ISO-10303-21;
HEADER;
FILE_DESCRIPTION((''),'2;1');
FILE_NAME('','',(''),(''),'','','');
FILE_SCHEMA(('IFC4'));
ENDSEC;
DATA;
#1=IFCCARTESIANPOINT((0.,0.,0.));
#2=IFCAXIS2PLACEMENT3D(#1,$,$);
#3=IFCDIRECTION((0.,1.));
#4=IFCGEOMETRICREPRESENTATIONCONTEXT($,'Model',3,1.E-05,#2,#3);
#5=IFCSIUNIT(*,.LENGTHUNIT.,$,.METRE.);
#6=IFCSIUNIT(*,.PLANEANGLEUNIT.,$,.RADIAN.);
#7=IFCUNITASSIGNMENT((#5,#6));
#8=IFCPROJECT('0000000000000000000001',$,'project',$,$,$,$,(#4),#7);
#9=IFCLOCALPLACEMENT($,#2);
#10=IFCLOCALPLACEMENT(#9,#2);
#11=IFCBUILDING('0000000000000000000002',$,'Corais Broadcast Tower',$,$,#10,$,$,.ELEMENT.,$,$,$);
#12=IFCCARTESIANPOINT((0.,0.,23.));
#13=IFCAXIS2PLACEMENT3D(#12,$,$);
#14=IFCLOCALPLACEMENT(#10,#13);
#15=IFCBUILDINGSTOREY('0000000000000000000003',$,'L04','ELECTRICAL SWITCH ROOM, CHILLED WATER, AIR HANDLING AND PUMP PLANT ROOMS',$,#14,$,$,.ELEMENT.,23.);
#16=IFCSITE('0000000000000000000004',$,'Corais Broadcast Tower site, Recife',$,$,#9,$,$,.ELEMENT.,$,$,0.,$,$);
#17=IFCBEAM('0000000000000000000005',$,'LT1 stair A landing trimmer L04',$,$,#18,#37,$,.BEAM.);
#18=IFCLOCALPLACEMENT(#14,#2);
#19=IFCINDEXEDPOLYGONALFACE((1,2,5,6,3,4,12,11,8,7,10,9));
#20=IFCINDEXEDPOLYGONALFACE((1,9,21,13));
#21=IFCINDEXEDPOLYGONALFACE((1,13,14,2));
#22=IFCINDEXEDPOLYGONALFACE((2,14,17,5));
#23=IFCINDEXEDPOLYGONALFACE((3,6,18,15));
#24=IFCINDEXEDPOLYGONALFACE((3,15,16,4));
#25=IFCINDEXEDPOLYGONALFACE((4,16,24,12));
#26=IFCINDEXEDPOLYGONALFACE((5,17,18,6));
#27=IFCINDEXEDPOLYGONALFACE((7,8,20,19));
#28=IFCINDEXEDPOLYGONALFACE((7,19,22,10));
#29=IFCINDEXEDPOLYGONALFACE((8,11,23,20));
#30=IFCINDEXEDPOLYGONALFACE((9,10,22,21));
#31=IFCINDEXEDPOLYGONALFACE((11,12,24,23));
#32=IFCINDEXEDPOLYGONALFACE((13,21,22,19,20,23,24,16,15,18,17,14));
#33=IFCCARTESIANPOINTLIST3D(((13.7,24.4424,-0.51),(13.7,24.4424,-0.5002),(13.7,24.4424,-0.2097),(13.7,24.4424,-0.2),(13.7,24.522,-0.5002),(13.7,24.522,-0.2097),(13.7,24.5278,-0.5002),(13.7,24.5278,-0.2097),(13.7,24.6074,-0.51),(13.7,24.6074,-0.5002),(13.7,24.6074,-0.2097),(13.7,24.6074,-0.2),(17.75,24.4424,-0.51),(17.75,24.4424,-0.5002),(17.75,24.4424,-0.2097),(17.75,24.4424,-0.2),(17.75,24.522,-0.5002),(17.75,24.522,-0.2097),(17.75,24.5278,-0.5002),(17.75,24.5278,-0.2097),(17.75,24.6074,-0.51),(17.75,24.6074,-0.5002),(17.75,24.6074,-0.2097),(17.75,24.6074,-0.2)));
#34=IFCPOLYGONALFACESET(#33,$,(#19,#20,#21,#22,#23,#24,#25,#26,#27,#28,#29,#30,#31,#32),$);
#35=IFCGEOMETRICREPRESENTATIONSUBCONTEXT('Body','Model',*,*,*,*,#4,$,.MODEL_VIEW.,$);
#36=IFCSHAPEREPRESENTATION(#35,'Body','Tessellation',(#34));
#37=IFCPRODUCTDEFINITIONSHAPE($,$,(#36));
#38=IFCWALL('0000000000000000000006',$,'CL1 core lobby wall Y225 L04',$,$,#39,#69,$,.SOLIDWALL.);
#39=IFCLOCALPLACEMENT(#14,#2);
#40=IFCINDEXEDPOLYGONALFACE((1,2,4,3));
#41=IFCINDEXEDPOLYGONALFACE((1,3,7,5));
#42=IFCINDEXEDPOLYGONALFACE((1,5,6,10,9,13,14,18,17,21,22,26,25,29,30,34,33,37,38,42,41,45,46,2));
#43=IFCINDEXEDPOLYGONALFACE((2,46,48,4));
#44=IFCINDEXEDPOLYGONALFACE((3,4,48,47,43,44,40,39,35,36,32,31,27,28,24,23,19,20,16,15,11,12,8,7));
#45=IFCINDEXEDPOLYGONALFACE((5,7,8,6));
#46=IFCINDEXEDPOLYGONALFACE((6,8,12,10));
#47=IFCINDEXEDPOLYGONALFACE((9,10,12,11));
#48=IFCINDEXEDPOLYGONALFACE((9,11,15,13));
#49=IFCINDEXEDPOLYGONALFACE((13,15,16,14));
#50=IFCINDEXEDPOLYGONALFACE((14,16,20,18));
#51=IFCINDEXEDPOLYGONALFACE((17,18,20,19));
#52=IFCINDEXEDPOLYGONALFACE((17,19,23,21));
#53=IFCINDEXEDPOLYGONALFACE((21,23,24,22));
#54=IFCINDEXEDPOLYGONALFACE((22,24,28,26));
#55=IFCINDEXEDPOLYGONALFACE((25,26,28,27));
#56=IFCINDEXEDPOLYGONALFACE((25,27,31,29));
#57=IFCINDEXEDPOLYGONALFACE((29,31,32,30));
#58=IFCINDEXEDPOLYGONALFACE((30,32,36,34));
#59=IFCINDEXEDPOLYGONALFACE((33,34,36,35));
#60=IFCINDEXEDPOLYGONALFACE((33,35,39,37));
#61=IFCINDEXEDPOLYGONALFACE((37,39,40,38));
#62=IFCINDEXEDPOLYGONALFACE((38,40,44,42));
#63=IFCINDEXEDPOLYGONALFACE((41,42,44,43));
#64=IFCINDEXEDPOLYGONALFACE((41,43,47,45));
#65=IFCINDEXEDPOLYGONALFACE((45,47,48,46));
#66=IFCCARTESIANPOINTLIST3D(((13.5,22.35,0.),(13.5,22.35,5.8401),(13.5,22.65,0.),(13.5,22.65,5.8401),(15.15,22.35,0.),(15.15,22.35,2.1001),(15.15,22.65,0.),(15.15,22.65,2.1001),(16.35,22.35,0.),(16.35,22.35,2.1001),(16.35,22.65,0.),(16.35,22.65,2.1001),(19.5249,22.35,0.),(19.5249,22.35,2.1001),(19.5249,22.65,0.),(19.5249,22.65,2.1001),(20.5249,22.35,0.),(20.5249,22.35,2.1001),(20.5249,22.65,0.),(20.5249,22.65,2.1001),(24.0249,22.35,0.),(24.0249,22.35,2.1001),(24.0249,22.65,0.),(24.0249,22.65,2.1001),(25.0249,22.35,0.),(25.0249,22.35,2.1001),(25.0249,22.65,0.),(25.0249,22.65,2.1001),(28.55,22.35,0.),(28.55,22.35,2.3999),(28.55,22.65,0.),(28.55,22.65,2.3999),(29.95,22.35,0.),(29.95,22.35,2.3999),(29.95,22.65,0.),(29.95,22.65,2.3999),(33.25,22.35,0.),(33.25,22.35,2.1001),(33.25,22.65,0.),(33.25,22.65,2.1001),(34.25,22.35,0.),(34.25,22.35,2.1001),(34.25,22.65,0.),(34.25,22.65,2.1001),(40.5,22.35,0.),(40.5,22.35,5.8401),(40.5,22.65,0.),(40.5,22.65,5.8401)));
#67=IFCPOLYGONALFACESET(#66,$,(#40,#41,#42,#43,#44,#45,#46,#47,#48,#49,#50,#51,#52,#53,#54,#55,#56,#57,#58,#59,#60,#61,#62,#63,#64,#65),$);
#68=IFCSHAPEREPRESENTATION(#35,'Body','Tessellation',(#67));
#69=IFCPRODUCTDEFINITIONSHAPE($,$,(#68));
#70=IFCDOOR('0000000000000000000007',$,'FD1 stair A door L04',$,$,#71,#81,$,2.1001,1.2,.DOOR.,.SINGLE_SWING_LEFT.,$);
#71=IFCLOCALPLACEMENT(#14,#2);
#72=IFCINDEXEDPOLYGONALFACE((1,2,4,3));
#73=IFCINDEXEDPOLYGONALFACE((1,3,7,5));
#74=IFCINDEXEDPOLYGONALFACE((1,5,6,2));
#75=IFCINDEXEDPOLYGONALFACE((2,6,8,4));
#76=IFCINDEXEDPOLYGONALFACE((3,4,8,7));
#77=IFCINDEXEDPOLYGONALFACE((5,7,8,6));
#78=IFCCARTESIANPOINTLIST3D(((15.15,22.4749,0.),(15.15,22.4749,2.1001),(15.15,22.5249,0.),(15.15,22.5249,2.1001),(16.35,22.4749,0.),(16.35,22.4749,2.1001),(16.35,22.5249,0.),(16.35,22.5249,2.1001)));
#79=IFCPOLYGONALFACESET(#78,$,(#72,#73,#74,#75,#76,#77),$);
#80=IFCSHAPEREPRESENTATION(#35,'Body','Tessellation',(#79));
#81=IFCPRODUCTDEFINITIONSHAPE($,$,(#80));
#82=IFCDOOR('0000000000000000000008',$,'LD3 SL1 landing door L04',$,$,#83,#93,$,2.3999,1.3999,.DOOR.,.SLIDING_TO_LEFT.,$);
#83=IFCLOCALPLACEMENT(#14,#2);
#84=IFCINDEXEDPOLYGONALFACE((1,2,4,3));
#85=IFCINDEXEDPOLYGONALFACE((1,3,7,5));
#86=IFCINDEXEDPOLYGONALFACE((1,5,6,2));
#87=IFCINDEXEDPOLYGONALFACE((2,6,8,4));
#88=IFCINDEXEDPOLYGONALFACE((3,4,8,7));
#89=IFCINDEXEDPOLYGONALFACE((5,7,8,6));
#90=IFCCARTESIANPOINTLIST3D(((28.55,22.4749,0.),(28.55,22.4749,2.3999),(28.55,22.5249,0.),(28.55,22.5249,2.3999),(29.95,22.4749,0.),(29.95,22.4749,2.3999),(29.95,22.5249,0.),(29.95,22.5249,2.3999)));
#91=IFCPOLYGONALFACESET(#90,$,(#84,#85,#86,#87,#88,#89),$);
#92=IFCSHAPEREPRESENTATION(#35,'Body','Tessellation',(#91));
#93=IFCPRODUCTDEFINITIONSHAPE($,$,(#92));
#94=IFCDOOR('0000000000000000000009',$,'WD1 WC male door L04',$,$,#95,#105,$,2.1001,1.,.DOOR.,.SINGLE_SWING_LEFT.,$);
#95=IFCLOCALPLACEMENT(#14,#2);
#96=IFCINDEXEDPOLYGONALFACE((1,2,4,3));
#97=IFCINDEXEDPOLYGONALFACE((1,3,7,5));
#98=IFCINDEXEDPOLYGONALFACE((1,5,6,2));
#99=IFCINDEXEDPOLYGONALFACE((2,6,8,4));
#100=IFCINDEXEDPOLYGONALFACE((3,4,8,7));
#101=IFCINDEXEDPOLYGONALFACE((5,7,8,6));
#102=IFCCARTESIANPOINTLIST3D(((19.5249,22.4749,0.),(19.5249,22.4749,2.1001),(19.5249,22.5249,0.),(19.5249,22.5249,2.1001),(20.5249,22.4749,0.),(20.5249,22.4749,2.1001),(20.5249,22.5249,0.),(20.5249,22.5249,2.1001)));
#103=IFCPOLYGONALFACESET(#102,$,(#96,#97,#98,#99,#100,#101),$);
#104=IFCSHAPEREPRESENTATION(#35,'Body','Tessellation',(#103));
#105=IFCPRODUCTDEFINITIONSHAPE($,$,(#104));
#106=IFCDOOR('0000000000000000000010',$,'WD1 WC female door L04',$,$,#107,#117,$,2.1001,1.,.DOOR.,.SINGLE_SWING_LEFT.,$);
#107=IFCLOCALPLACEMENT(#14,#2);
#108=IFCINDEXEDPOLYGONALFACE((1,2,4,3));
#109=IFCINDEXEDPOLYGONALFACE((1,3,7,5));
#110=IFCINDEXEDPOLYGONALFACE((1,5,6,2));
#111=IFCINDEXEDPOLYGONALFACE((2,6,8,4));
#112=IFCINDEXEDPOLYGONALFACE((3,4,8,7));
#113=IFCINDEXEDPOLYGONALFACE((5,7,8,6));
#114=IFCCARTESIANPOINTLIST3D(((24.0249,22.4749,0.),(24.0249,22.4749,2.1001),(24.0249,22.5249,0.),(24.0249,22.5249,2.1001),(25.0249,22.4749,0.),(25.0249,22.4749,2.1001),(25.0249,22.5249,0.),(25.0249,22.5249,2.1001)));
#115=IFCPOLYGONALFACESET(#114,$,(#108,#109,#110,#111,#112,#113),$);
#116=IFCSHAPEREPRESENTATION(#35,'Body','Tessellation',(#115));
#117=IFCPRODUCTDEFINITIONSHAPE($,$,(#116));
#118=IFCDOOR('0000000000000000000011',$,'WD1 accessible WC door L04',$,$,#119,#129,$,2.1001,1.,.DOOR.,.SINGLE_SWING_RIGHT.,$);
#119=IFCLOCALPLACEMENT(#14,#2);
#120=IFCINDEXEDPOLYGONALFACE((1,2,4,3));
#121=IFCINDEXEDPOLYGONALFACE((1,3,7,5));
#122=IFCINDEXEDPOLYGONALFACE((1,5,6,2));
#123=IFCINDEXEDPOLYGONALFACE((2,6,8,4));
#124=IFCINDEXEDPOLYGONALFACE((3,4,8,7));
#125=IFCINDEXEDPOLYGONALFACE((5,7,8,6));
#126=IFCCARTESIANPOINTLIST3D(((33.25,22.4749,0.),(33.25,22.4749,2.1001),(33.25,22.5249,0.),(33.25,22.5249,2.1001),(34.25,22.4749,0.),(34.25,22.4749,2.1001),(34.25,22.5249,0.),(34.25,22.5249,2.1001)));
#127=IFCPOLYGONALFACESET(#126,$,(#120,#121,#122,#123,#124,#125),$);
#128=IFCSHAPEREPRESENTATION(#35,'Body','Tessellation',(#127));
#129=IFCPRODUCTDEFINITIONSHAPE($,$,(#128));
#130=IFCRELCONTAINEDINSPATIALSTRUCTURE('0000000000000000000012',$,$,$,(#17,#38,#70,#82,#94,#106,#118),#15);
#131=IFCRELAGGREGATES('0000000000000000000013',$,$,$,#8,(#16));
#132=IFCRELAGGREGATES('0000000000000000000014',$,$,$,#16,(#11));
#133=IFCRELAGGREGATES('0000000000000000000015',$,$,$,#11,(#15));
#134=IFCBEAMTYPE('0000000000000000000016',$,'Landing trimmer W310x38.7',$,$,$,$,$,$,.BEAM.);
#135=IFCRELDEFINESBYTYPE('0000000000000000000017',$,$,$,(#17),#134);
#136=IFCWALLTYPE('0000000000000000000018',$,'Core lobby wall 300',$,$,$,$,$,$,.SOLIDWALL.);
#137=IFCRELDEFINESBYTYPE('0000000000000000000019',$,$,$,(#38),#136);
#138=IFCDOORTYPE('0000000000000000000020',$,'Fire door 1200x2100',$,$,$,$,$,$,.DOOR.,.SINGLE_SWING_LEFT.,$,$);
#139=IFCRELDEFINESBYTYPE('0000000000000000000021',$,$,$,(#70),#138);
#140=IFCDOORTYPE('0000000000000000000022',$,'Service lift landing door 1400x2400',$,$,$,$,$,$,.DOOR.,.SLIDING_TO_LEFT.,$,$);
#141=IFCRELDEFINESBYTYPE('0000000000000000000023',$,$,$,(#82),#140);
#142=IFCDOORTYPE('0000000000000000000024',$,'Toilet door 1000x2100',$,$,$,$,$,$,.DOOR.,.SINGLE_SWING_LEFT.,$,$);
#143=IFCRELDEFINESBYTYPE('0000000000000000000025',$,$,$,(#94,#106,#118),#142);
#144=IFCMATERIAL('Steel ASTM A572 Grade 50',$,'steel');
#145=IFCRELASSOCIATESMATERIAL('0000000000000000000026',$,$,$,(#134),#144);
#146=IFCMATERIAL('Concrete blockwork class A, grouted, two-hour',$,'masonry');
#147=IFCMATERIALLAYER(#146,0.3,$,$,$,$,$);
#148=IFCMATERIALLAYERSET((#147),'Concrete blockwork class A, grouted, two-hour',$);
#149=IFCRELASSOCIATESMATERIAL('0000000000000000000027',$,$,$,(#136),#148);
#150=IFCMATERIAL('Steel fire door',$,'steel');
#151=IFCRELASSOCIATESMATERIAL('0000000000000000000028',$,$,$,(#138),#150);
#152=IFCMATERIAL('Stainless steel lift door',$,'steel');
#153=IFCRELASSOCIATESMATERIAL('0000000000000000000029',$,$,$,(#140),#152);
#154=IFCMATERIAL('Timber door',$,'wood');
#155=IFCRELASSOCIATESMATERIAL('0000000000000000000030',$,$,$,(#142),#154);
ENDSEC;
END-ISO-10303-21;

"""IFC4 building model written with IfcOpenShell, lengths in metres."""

from ifc_helpers import new_model, si_unit, direction, frame, frame_2d, origin, origin_2d, place, context, subcontext, project, spatial, rectangle, i_section, extrude, material, layer, layer_set, material_profile, profile_set, type_object, element, fill, save


model = new_model("IFC4")

# Units and contexts
model_context = context("Model", 3, precision=1e-05, world=origin(), true_north=direction((0.0, 1.0)))
body_context = subcontext(model_context, "Body", "Model", "MODEL_VIEW")
ifc_project = project(units=[si_unit("LENGTHUNIT", "METRE"), si_unit("PLANEANGLEUNIT", "RADIAN")], contexts=[model_context])

# Site, building, storey
site_placement = place(None, origin())
site = spatial("IfcSite", under=ifc_project, at=site_placement, Name="Corais Broadcast Tower site, Recife", CompositionType="ELEMENT", RefElevation=0.0)
building_placement = place(site_placement, origin())
building = spatial("IfcBuilding", under=site, at=building_placement, Name="Corais Broadcast Tower", CompositionType="ELEMENT")
storey_placement = place(building_placement, frame((0.0, 0.0, 23.0)))
storey = spatial("IfcBuildingStorey", under=building, at=storey_placement, Name="L04", Description="ELECTRICAL SWITCH ROOM, CHILLED WATER, AIR HANDLING AND PUMP PLANT ROOMS", CompositionType="ELEMENT", Elevation=23.0)

# Beam
ifc_material_1 = material(Name="Steel ASTM A572 Grade 50", Category="steel")
ifc_material_profile = material_profile(ifc_material_1, i_section(OverallWidth=0.165, OverallDepth=0.3101, WebThickness=0.0059, FlangeThickness=0.0098, at=origin_2d()), Name="W310x38.7")
ifc_profile_set = profile_set([ifc_material_profile], Name="Steel ASTM A572 Grade 50")
beam_type = type_object("IfcBeamType", Name="Landing trimmer W310x38.7", PredefinedType="BEAM", material=ifc_profile_set)
beam_placement = place(storey_placement, frame((13.7, 24.5249, -0.355), z_axis=(1.0, 0.0, 0.0), x_axis=(0.0, 1.0, 0.0)))
element("IfcBeam", 1, at=beam_placement, inside=storey, type_object=beam_type, Name="LT1 stair A landing trimmer L04", PredefinedType="BEAM", context=body_context, shape_type="SweptSolid", body=[
    extrude(i_section(OverallWidth=0.165, OverallDepth=0.3101, WebThickness=0.0059, FlangeThickness=0.0098, at=origin_2d()), origin(), (0.0, 0.0, 1.0), 4.05),
])

# Wall, openings, doors
ifc_material_2 = material(Name="Concrete blockwork class A, grouted, two-hour", Category="masonry")
ifc_layer_1 = layer(ifc_material_2, 0.3)
ifc_layer_set_1 = layer_set([ifc_layer_1], Name="Concrete blockwork class A, grouted, two-hour")
wall_type_1 = type_object("IfcWallType", Name="Core lobby wall 300", PredefinedType="SOLIDWALL", material=ifc_layer_set_1)
wall_1_placement = place(storey_placement, frame((13.5, 22.5, 0.0), z_axis=(0.0, 0.0, 1.0), x_axis=(1.0, 0.0, 0.0)))
wall_1 = element("IfcWall", 2, at=wall_1_placement, inside=storey, type_object=wall_type_1, Name="CL1 core lobby wall Y225 L04", PredefinedType="SOLIDWALL", context=body_context, shape_type="SweptSolid", body=[
    extrude(rectangle(XDim=27.0, YDim=0.3, at=frame_2d((13.5, 0.0))), origin(), (0.0, 0.0, 1.0), 5.8401),
])
opening_1_placement = place(wall_1_placement, frame((1.6499, 0.0, 0.0)))
opening_1 = element("IfcOpeningElement", 3, at=opening_1_placement, cuts=wall_1, PredefinedType="OPENING", context=body_context, shape_type="SweptSolid", body=[
    extrude(rectangle(XDim=1.2, YDim=2.1001, at=frame_2d((0.6001, 1.05))), frame((0.0, 0.1599, 0.0), z_axis=(0.0, -1.0, 0.0), x_axis=(1.0, 0.0, 0.0)), (0.0, 0.0, 1.0), 0.3201),
])
opening_2_placement = place(wall_1_placement, frame((6.0249, 0.0, 0.0)))
opening_2 = element("IfcOpeningElement", 4, at=opening_2_placement, cuts=wall_1, PredefinedType="OPENING", context=body_context, shape_type="SweptSolid", body=[
    extrude(rectangle(XDim=1.0, YDim=2.1001, at=frame_2d((0.5, 1.05))), frame((0.0, 0.1599, 0.0), z_axis=(0.0, -1.0, 0.0), x_axis=(1.0, 0.0, 0.0)), (0.0, 0.0, 1.0), 0.3201),
])
opening_3_placement = place(wall_1_placement, frame((10.5249, 0.0, 0.0)))
opening_3 = element("IfcOpeningElement", 5, at=opening_3_placement, cuts=wall_1, PredefinedType="OPENING", context=body_context, shape_type="SweptSolid", body=[
    extrude(rectangle(XDim=1.0, YDim=2.1001, at=frame_2d((0.5, 1.05))), frame((0.0, 0.1599, 0.0), z_axis=(0.0, -1.0, 0.0), x_axis=(1.0, 0.0, 0.0)), (0.0, 0.0, 1.0), 0.3201),
])
opening_4_placement = place(wall_1_placement, frame((19.75, 0.0, 0.0)))
opening_4 = element("IfcOpeningElement", 6, at=opening_4_placement, cuts=wall_1, PredefinedType="OPENING", context=body_context, shape_type="SweptSolid", body=[
    extrude(rectangle(XDim=1.0, YDim=2.1001, at=frame_2d((0.5, 1.05))), frame((0.0, 0.1599, 0.0), z_axis=(0.0, -1.0, 0.0), x_axis=(1.0, 0.0, 0.0)), (0.0, 0.0, 1.0), 0.3201),
])
opening_5_placement = place(wall_1_placement, frame((15.05, 0.0, 0.0)))
opening_5 = element("IfcOpeningElement", 7, at=opening_5_placement, cuts=wall_1, PredefinedType="OPENING", context=body_context, shape_type="SweptSolid", body=[
    extrude(rectangle(XDim=1.3999, YDim=2.3999, at=frame_2d((0.7, 1.2))), frame((0.0, 0.1599, 0.0), z_axis=(0.0, -1.0, 0.0), x_axis=(1.0, 0.0, 0.0)), (0.0, 0.0, 1.0), 0.3201),
])
ifc_material_3 = material(Name="Steel fire door", Category="steel")
door_type_1 = type_object("IfcDoorType", Name="Fire door 1200x2100", OperationType="SINGLE_SWING_LEFT", PredefinedType="DOOR", material=ifc_material_3)
door_1_placement = place(opening_1_placement, origin())
door_1 = element("IfcDoor", 8, at=door_1_placement, inside=storey, type_object=door_type_1, Name="FD1 stair A door L04", OperationType="SINGLE_SWING_LEFT", OverallHeight=2.1001, OverallWidth=1.2, PredefinedType="DOOR", context=body_context, shape_type="SweptSolid", body=[
    extrude(rectangle(XDim=1.2, YDim=2.1001, at=frame_2d((0.6001, 1.05))), frame((0.0, 0.0249, 0.0), z_axis=(0.0, -1.0, 0.0), x_axis=(1.0, 0.0, 0.0)), (0.0, 0.0, 1.0), 0.05),
])
fill(opening_1, door_1)
ifc_material_4 = material(Name="Stainless steel lift door", Category="steel")
door_type_2 = type_object("IfcDoorType", Name="Service lift landing door 1400x2400", OperationType="SLIDING_TO_LEFT", PredefinedType="DOOR", material=ifc_material_4)
door_2_placement = place(opening_5_placement, origin())
door_2 = element("IfcDoor", 9, at=door_2_placement, inside=storey, type_object=door_type_2, Name="LD3 SL1 landing door L04", OperationType="SLIDING_TO_LEFT", OverallHeight=2.3999, OverallWidth=1.3999, PredefinedType="DOOR", context=body_context, shape_type="SweptSolid", body=[
    extrude(rectangle(XDim=1.3999, YDim=2.3999, at=frame_2d((0.7, 1.2))), frame((0.0, 0.0249, 0.0), z_axis=(0.0, -1.0, 0.0), x_axis=(1.0, 0.0, 0.0)), (0.0, 0.0, 1.0), 0.05),
])
fill(opening_5, door_2)
ifc_material_5 = material(Name="Timber door", Category="wood")
door_type_3 = type_object("IfcDoorType", Name="Toilet door 1000x2100", OperationType="SINGLE_SWING_LEFT", PredefinedType="DOOR", material=ifc_material_5)
door_3_placement = place(opening_2_placement, origin())
door_3 = element("IfcDoor", 10, at=door_3_placement, inside=storey, type_object=door_type_3, Name="WD1 WC male door L04", OperationType="SINGLE_SWING_LEFT", OverallHeight=2.1001, OverallWidth=1.0, PredefinedType="DOOR", context=body_context, shape_type="SweptSolid", body=[
    extrude(rectangle(XDim=1.0, YDim=2.1001, at=frame_2d((0.5, 1.05))), frame((0.0, 0.0249, 0.0), z_axis=(0.0, -1.0, 0.0), x_axis=(1.0, 0.0, 0.0)), (0.0, 0.0, 1.0), 0.05),
])
fill(opening_2, door_3)
door_4_placement = place(opening_3_placement, origin())
door_4 = element("IfcDoor", 11, at=door_4_placement, inside=storey, type_object=door_type_3, Name="WD1 WC female door L04", OperationType="SINGLE_SWING_LEFT", OverallHeight=2.1001, OverallWidth=1.0, PredefinedType="DOOR", context=body_context, shape_type="SweptSolid", body=[
    extrude(rectangle(XDim=1.0, YDim=2.1001, at=frame_2d((0.5, 1.05))), frame((0.0, 0.0249, 0.0), z_axis=(0.0, -1.0, 0.0), x_axis=(1.0, 0.0, 0.0)), (0.0, 0.0, 1.0), 0.05),
])
fill(opening_3, door_4)
door_5_placement = place(opening_4_placement, origin())
door_5 = element("IfcDoor", 12, at=door_5_placement, inside=storey, type_object=door_type_3, Name="WD1 accessible WC door L04", OperationType="SINGLE_SWING_RIGHT", OverallHeight=2.1001, OverallWidth=1.0, PredefinedType="DOOR", context=body_context, shape_type="SweptSolid", body=[
    extrude(rectangle(XDim=1.0, YDim=2.1001, at=frame_2d((0.5, 1.05))), frame((0.0, 0.0249, 0.0), z_axis=(0.0, -1.0, 0.0), x_axis=(1.0, 0.0, 0.0)), (0.0, 0.0, 1.0), 0.05),
])
fill(opening_4, door_5)

save(model, "model.ifc")
